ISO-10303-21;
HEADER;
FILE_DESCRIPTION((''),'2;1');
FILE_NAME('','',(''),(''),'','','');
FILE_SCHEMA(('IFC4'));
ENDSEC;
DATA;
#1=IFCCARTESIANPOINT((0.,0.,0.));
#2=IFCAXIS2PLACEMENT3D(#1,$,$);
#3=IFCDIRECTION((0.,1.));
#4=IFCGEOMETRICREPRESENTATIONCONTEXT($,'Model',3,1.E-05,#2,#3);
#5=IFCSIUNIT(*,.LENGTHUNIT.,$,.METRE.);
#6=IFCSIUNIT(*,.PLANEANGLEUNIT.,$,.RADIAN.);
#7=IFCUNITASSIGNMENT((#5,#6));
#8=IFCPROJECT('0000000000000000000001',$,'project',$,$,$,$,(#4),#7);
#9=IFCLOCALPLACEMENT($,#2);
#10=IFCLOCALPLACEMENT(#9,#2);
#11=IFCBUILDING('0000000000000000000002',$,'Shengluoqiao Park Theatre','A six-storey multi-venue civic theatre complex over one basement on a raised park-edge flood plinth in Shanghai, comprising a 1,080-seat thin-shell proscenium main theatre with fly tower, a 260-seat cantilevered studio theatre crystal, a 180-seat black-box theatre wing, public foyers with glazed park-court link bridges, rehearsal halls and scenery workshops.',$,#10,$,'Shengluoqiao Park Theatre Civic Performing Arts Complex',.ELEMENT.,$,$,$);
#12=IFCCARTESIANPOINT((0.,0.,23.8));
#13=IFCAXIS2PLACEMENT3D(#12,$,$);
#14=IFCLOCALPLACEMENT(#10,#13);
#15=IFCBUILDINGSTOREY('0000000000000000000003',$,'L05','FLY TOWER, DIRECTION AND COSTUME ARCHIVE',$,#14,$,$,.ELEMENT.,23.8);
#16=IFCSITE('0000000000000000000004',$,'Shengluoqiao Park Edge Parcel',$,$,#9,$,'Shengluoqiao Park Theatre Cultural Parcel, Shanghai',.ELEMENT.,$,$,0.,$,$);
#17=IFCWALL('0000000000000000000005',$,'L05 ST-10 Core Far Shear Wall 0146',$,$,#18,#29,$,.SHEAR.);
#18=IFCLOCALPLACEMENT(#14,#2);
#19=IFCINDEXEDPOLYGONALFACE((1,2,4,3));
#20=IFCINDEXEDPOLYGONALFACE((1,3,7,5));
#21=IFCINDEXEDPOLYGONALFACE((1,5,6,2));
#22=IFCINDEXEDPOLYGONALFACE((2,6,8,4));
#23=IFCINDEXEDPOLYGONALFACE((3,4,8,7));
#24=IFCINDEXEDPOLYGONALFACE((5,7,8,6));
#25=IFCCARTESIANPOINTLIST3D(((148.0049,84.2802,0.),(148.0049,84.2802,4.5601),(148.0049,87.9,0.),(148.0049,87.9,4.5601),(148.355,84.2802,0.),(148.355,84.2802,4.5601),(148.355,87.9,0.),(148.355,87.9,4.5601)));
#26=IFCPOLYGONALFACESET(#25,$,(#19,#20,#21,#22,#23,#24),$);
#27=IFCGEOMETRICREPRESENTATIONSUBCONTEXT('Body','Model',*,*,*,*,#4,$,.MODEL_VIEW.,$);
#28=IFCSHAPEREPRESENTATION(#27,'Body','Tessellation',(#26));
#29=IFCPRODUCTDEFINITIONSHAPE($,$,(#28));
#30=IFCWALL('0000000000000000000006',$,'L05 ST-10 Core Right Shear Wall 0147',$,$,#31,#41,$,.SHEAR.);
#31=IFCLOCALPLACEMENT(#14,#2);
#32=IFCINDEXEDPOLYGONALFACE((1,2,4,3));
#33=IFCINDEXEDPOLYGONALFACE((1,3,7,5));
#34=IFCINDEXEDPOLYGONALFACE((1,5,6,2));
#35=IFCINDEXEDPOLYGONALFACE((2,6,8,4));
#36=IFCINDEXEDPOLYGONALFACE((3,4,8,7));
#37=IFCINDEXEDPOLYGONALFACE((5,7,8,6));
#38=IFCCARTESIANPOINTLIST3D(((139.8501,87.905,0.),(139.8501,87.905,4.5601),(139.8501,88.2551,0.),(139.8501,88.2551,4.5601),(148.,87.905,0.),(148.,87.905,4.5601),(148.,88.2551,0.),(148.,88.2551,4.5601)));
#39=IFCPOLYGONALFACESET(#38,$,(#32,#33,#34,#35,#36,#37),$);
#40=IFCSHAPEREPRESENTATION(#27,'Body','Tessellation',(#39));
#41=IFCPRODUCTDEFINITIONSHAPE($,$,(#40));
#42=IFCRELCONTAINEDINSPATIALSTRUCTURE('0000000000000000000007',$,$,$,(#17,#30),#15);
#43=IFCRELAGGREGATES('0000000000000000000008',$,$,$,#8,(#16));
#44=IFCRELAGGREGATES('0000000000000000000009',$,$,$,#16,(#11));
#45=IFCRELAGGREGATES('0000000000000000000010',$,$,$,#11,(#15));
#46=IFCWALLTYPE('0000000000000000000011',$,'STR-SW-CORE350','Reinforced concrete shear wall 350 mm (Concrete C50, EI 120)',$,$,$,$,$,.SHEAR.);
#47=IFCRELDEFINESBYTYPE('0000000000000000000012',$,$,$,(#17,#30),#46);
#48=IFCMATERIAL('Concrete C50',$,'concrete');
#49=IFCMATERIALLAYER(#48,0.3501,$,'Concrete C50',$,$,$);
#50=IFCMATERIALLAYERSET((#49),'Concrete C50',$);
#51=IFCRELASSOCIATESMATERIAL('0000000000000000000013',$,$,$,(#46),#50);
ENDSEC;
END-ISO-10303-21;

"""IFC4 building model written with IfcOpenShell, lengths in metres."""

from ifc_helpers import new_model, si_unit, direction, frame, frame_2d, origin, place, context, subcontext, project, spatial, rectangle, extrude, material, layer, layer_set, type_object, element, save


model = new_model("IFC4")

# Units and contexts
model_context = context("Model", 3, precision=1e-05, world=origin(), true_north=direction((0.0, 1.0)))
body_context = subcontext(model_context, "Body", "Model", "MODEL_VIEW")
ifc_project = project(units=[si_unit("LENGTHUNIT", "METRE"), si_unit("PLANEANGLEUNIT", "RADIAN")], contexts=[model_context])

# Site, building, storey
site_placement = place(None, origin())
site = spatial("IfcSite", under=ifc_project, at=site_placement, Name="Shengluoqiao Park Edge Parcel", LongName="Shengluoqiao Park Theatre Cultural Parcel, Shanghai", CompositionType="ELEMENT", RefElevation=0.0)
building_placement = place(site_placement, origin())
building = spatial("IfcBuilding", under=site, at=building_placement, Name="Shengluoqiao Park Theatre", Description="A six-storey multi-venue civic theatre complex over one basement on a raised park-edge flood plinth in Shanghai, comprising a 1,080-seat thin-shell proscenium main theatre with fly tower, a 260-seat cantilevered studio theatre crystal, a 180-seat black-box theatre wing, public foyers with glazed park-court link bridges, rehearsal halls and scenery workshops.", LongName="Shengluoqiao Park Theatre Civic Performing Arts Complex", CompositionType="ELEMENT")
storey_placement = place(building_placement, frame((0.0, 0.0, 23.8)))
storey = spatial("IfcBuildingStorey", under=building, at=storey_placement, Name="L05", Description="FLY TOWER, DIRECTION AND COSTUME ARCHIVE", CompositionType="ELEMENT", Elevation=23.8)

# Walls
ifc_material_1 = material(Name="Concrete C50", Category="concrete")
ifc_layer_1 = layer(ifc_material_1, 0.3501, Name="Concrete C50")
ifc_layer_set_1 = layer_set([ifc_layer_1], Name="Concrete C50")
wall_type_1 = type_object("IfcWallType", Name="STR-SW-CORE350", Description="Reinforced concrete shear wall 350 mm (Concrete C50, EI 120)", PredefinedType="SHEAR", material=ifc_layer_set_1)
wall_1_placement = place(storey_placement, frame((148.1799, 84.28, 0.0), z_axis=(0.0, 0.0, 1.0), x_axis=(0.0, 1.0, 0.0)))
element("IfcWall", 1, at=wall_1_placement, inside=storey, type_object=wall_type_1, Name="L05 ST-10 Core Far Shear Wall 0146", PredefinedType="SHEAR", context=body_context, shape_type="SweptSolid", body=[
    extrude(rectangle(XDim=3.6199, YDim=0.3501, at=frame_2d((1.8101, 0.0))), origin(), (0.0, 0.0, 1.0), 4.5601),
])
wall_2_placement = place(storey_placement, frame((148.0, 88.0801, 0.0), z_axis=(0.0, 0.0, 1.0), x_axis=(-1.0, 0.0, 0.0)))
element("IfcWall", 2, at=wall_2_placement, inside=storey, type_object=wall_type_1, Name="L05 ST-10 Core Right Shear Wall 0147", PredefinedType="SHEAR", context=body_context, shape_type="SweptSolid", body=[
    extrude(rectangle(XDim=8.1499, YDim=0.3501, at=frame_2d((4.075, 0.0))), origin(), (0.0, 0.0, 1.0), 4.5601),
])

save(model, "model.ifc")
